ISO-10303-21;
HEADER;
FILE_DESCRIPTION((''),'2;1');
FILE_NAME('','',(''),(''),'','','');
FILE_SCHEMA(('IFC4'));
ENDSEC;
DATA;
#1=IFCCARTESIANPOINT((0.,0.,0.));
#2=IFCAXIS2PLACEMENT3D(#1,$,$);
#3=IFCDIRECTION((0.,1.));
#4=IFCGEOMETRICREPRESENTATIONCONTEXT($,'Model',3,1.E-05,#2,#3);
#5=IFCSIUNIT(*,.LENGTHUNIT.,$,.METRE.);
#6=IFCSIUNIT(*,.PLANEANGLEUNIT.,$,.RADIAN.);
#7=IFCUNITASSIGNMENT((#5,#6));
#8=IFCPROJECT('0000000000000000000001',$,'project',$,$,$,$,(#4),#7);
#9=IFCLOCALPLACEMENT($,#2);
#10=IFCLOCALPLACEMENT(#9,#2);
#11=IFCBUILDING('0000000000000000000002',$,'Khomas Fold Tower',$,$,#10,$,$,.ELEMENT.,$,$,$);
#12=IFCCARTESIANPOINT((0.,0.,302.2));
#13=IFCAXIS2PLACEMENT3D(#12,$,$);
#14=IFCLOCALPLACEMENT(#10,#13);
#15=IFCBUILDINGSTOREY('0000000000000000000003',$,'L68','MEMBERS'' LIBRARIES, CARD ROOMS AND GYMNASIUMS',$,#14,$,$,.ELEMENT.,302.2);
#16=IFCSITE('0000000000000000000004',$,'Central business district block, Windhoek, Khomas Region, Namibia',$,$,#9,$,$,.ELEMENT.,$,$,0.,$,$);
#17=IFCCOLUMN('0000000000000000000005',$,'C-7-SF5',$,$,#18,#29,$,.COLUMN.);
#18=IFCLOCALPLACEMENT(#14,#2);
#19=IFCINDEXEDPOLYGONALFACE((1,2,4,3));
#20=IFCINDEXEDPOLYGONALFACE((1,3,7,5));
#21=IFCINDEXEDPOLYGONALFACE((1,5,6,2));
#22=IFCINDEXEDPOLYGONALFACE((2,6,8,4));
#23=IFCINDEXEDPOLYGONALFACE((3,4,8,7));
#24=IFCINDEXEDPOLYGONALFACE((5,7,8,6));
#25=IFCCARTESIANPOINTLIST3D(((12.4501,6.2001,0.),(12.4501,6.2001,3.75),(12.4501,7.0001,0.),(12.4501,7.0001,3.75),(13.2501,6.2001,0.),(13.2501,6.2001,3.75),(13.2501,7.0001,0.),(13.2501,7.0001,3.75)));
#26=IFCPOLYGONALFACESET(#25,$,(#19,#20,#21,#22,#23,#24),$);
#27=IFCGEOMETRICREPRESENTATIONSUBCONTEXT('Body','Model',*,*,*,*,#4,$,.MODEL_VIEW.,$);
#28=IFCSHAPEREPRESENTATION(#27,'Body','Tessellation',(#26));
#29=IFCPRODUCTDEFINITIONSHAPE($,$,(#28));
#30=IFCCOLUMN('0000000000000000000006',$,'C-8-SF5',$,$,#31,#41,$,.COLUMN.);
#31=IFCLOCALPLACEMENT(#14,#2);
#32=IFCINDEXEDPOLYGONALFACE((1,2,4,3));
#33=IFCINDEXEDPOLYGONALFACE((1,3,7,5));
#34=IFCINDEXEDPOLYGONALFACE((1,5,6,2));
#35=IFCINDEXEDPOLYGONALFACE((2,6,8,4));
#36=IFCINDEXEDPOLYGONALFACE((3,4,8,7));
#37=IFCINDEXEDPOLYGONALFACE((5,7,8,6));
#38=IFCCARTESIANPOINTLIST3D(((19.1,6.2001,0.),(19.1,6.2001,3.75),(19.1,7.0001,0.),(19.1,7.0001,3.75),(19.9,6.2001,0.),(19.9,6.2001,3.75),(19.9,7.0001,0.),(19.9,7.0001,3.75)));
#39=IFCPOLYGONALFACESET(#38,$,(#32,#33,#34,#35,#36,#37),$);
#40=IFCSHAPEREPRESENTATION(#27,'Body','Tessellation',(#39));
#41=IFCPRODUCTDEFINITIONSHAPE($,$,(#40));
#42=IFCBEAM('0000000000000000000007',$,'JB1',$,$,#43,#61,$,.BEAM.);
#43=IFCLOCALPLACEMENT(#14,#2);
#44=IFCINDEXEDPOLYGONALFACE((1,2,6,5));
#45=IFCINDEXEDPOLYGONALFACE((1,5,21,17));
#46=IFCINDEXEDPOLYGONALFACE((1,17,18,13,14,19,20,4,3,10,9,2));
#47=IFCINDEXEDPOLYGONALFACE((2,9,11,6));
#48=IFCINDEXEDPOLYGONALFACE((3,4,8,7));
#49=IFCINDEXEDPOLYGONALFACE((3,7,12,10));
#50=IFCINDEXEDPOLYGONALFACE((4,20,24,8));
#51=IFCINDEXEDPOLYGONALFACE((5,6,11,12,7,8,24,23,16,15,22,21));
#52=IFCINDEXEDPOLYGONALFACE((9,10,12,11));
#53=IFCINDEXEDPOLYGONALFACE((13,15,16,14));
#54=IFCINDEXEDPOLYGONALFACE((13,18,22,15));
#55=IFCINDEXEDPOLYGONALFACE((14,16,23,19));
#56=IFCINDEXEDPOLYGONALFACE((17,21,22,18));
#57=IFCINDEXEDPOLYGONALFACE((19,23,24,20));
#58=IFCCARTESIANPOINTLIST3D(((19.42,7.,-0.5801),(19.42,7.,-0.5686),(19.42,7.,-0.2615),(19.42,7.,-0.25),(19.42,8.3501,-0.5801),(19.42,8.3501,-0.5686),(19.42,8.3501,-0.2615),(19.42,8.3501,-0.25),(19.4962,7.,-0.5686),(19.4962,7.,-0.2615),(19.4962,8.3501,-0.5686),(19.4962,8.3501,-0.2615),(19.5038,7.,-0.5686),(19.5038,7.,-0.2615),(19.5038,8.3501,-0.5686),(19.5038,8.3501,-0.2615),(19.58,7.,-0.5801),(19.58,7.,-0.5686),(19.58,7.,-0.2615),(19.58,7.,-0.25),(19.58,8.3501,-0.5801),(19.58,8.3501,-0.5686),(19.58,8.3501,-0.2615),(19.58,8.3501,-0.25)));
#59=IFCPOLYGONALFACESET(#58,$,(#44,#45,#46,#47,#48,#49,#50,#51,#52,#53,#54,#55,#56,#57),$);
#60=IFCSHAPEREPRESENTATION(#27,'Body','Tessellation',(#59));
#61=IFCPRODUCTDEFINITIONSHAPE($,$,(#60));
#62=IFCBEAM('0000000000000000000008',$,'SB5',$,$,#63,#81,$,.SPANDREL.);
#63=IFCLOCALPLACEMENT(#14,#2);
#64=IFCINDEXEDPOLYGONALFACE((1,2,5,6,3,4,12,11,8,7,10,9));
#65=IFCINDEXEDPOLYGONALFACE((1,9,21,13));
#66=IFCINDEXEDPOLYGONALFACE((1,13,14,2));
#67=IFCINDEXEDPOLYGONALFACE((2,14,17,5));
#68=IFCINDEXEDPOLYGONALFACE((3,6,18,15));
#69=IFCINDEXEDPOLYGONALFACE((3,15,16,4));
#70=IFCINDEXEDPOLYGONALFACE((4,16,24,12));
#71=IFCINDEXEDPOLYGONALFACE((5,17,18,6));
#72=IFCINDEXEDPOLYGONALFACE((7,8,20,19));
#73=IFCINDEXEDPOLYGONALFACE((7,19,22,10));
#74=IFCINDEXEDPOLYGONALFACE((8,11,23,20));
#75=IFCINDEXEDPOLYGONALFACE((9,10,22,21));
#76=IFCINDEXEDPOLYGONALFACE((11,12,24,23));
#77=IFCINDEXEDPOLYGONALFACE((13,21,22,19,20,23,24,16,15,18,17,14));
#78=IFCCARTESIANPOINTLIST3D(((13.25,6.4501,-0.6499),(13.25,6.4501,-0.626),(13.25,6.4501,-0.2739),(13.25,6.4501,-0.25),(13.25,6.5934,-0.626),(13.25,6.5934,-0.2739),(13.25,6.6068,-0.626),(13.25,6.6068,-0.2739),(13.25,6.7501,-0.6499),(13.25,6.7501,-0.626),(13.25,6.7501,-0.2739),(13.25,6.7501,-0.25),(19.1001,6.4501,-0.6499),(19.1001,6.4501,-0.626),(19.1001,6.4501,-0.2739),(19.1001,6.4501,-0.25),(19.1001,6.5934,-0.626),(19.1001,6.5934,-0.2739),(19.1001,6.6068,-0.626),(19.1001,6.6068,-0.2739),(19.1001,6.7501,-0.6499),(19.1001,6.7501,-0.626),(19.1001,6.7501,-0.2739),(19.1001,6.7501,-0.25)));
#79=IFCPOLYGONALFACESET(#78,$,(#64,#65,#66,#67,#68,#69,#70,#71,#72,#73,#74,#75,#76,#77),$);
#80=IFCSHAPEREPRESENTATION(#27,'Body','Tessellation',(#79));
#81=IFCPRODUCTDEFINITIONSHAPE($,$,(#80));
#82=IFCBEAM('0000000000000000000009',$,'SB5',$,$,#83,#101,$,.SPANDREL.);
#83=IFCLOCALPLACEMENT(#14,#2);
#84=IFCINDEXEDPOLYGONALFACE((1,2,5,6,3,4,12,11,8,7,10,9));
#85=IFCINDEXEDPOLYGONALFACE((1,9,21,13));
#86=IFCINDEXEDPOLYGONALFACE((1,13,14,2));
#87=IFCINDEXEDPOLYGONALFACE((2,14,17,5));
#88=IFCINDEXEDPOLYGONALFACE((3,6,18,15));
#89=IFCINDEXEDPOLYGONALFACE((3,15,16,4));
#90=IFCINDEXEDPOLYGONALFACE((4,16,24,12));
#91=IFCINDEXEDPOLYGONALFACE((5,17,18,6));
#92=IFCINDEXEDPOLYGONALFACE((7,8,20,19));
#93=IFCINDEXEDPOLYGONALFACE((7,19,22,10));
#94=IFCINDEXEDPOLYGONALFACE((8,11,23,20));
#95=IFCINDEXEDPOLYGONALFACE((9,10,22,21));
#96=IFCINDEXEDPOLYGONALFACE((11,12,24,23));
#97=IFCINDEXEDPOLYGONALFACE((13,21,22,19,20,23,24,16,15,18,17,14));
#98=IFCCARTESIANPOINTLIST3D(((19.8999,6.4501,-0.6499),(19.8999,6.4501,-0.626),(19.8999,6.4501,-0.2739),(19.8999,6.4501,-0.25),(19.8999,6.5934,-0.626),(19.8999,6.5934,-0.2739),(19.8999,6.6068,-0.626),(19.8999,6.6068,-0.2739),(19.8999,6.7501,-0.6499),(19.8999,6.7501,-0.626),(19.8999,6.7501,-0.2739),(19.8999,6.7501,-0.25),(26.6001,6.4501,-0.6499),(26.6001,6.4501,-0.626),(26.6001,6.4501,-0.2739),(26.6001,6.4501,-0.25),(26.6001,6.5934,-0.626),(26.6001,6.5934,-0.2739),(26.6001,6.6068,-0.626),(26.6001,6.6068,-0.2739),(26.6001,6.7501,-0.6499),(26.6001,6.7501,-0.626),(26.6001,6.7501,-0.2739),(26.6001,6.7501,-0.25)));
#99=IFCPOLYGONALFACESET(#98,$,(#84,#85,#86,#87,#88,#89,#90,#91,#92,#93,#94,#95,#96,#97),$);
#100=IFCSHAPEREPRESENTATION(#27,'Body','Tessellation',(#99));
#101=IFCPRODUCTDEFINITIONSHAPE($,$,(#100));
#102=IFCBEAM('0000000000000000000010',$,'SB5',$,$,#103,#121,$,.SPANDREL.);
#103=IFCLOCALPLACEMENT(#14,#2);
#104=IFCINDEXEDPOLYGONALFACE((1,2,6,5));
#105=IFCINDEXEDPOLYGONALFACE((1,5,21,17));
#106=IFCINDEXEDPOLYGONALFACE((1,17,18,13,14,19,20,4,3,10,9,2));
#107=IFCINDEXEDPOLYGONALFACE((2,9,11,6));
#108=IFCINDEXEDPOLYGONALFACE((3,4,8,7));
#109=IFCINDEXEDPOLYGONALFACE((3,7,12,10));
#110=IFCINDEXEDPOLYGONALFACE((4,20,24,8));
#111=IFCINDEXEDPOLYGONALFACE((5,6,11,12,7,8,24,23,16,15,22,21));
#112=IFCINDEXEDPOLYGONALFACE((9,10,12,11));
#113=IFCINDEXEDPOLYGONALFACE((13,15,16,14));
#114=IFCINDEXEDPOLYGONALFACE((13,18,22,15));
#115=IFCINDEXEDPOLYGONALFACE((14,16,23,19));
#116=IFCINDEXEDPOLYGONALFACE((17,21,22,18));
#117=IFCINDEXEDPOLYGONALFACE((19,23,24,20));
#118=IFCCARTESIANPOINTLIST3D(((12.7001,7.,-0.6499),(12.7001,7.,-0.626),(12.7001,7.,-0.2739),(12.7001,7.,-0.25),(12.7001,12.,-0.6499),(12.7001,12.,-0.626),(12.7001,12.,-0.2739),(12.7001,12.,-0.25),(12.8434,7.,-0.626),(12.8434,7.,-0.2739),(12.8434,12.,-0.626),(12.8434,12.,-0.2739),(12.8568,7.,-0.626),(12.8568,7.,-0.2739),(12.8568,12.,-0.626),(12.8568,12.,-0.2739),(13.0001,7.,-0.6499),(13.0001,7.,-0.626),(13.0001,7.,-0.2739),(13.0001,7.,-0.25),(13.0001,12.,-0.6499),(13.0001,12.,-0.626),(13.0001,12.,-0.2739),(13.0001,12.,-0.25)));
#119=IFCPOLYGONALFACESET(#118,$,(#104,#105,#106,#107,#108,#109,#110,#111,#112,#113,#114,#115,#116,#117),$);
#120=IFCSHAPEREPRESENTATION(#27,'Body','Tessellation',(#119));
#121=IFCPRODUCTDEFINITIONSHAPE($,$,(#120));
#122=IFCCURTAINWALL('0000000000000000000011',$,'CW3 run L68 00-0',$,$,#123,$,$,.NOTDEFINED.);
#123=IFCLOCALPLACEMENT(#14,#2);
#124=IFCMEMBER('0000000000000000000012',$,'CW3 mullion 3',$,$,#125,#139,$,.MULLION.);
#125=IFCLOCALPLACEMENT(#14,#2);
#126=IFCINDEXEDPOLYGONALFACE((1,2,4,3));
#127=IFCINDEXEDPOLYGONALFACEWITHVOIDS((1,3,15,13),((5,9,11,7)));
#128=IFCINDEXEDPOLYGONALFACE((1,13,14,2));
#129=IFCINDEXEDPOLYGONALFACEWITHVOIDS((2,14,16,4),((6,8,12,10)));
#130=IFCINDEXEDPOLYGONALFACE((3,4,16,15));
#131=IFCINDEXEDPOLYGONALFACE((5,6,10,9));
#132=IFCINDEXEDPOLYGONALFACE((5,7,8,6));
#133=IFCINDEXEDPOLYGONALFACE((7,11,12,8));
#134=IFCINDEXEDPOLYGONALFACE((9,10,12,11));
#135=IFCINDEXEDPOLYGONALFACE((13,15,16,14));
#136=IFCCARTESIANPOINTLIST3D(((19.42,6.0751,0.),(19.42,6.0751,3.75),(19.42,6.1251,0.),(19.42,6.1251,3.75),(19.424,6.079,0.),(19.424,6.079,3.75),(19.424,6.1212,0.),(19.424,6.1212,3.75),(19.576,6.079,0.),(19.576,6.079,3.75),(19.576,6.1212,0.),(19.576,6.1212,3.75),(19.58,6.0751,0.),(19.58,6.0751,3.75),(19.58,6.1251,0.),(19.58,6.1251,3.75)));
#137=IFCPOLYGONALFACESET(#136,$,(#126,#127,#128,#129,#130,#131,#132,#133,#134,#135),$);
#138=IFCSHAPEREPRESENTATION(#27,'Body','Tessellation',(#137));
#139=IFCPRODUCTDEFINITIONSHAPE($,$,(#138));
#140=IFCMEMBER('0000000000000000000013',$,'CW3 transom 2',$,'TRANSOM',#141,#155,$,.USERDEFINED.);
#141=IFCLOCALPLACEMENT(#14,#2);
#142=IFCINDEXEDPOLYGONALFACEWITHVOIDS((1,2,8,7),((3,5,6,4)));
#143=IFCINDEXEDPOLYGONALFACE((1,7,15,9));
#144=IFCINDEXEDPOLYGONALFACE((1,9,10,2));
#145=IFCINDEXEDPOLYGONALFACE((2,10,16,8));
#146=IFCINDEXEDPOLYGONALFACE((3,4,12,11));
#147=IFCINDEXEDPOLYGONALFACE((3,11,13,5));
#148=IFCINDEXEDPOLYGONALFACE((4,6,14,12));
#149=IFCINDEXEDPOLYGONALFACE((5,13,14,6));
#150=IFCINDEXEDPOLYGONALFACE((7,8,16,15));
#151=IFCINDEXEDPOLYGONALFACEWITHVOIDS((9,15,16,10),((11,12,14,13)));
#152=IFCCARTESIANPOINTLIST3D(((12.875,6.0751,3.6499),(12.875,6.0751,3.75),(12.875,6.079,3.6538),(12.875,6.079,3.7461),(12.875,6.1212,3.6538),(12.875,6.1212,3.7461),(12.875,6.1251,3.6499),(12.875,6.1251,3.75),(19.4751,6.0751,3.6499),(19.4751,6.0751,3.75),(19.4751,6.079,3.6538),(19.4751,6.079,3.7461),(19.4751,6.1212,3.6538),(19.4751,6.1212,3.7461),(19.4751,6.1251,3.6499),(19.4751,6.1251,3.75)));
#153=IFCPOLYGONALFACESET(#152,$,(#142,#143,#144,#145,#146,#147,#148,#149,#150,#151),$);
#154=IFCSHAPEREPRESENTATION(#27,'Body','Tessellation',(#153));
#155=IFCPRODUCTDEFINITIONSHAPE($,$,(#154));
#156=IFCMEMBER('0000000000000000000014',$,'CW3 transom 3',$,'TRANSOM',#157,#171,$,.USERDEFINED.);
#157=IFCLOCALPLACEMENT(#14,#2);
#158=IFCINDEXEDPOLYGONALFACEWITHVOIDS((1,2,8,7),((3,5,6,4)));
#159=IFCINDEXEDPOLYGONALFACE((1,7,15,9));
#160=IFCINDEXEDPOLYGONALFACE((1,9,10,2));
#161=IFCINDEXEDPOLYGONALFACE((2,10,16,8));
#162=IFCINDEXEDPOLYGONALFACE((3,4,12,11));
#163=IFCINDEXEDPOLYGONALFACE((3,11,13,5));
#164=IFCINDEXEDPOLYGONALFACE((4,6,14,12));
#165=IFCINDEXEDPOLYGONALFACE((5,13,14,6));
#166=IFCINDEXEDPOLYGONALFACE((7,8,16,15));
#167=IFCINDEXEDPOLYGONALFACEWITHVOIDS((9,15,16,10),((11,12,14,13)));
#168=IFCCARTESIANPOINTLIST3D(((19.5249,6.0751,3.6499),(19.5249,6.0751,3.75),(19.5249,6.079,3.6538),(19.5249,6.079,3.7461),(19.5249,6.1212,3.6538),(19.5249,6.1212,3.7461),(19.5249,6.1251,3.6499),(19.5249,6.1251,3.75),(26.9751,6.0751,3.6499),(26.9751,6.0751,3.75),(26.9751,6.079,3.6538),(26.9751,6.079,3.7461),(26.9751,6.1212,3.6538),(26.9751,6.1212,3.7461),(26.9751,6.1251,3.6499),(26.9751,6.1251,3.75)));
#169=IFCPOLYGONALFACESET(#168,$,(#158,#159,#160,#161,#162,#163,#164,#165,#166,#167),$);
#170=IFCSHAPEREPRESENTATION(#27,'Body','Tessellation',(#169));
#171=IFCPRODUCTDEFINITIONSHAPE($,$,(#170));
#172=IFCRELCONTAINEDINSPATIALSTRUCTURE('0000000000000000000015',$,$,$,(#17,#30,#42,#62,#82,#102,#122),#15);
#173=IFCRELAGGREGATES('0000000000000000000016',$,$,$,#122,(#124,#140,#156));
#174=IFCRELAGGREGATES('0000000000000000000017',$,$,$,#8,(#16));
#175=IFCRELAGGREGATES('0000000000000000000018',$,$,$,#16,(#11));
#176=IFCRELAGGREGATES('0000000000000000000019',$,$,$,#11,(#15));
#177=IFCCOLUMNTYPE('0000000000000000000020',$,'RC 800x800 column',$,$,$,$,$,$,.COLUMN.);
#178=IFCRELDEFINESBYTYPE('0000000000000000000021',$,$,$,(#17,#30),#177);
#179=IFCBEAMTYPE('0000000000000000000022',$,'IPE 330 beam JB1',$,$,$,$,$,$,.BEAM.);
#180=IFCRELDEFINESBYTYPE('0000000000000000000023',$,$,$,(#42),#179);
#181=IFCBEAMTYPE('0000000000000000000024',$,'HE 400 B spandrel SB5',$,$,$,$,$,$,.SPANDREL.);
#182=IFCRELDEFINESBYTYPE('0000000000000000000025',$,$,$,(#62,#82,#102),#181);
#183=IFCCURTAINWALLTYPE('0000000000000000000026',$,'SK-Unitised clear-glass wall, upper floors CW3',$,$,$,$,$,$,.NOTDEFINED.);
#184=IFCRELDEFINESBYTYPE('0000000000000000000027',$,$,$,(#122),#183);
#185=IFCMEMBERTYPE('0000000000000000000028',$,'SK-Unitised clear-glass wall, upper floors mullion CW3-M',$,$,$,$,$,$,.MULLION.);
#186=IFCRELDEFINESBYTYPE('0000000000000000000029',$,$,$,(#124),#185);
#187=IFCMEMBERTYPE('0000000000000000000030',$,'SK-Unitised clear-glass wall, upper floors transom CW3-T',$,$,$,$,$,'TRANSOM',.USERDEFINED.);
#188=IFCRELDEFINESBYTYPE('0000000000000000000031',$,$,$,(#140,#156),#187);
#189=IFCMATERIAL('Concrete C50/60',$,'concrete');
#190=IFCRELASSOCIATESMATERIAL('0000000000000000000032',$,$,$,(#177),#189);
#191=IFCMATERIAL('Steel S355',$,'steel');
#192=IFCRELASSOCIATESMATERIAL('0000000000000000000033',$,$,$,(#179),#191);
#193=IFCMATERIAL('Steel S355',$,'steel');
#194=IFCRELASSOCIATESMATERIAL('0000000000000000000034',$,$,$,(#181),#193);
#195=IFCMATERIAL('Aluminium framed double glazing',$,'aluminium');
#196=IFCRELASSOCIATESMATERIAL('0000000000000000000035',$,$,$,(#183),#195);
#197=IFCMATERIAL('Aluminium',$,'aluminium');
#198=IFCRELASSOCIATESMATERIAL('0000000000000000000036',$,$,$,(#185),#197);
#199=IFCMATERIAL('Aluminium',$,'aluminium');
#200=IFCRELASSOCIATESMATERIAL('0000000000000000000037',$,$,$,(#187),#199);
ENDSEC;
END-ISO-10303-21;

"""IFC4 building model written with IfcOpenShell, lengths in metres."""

from ifc_helpers import new_model, si_unit, direction, frame, origin, origin_2d, place, context, subcontext, project, spatial, rectangle, hollow_rectangle, i_section, extrude, source, transform, mapped, material, material_profile, profile_set, type_object, element, aggregate, save


model = new_model("IFC4")

# Units and contexts
model_context = context("Model", 3, precision=1e-05, world=origin(), true_north=direction((0.0, 1.0)))
body_context = subcontext(model_context, "Body", "Model", "MODEL_VIEW")
ifc_project = project(units=[si_unit("LENGTHUNIT", "METRE"), si_unit("PLANEANGLEUNIT", "RADIAN")], contexts=[model_context])

# Site, building, storey
site_placement = place(None, origin())
site = spatial("IfcSite", under=ifc_project, at=site_placement, Name="Central business district block, Windhoek, Khomas Region, Namibia", CompositionType="ELEMENT", RefElevation=0.0)
building_placement = place(site_placement, origin())
building = spatial("IfcBuilding", under=site, at=building_placement, Name="Khomas Fold Tower", CompositionType="ELEMENT")
storey_placement = place(building_placement, frame((0.0, 0.0, 302.2)))
storey = spatial("IfcBuildingStorey", under=building, at=storey_placement, Name="L68", Description="MEMBERS' LIBRARIES, CARD ROOMS AND GYMNASIUMS", CompositionType="ELEMENT", Elevation=302.2)

# Columns
ifc_material_1 = material(Name="Concrete C50/60", Category="concrete")
ifc_material_profile_1 = material_profile(ifc_material_1, rectangle(XDim=0.8, YDim=0.8, at=origin_2d()), Name="RC 800x800")
ifc_profile_set_1 = profile_set([ifc_material_profile_1], Name="Concrete C50/60")
column_type = type_object("IfcColumnType", Name="RC 800x800 column", PredefinedType="COLUMN", material=ifc_profile_set_1)
shared_shape_1 = source(origin(), body_context, "Body", "SweptSolid", [
    extrude(rectangle(XDim=0.8, YDim=0.8, at=origin_2d()), origin(), (0.0, 0.0, 1.0), 3.75),
])
for number, where, z_axis, x_axis, name in (
    (1, (12.8501, 6.6001, 0.0), (0.0, 0.0, 1.0), (1.0, 0.0, 0.0), "C-7-SF5"),
    (2, (19.5, 6.6001, 0.0), (0.0, 0.0, 1.0), (1.0, 0.0, 0.0), "C-8-SF5"),
):
    element("IfcColumn", number, at=place(storey_placement, frame(where, z_axis=z_axis, x_axis=x_axis)), inside=storey, type_object=column_type, Name=name, PredefinedType="COLUMN", context=body_context, shape_type="MappedRepresentation", body=[
        mapped(shared_shape_1, transform((0.0, 0.0, 0.0))),
    ])

# Beams
ifc_material_2 = material(Name="Steel S355", Category="steel")
ifc_material_profile_2 = material_profile(ifc_material_2, i_section(OverallWidth=0.1599, OverallDepth=0.3301, WebThickness=0.0076, FlangeThickness=0.0115, at=origin_2d()), Name="IPE 330")
ifc_profile_set_2 = profile_set([ifc_material_profile_2], Name="Steel S355")
beam_type_1 = type_object("IfcBeamType", Name="IPE 330 beam JB1", PredefinedType="BEAM", material=ifc_profile_set_2)
shared_shape_2 = source(origin(), body_context, "Body", "SweptSolid", [
    extrude(i_section(OverallWidth=0.1599, OverallDepth=0.3301, WebThickness=0.0076, FlangeThickness=0.0115, at=origin_2d()), origin(), (0.0, 0.0, 1.0), 1.3501),
])
beam_1_placement = place(storey_placement, frame((19.5, 7.0, -0.415), z_axis=(0.0, 1.0, 0.0), x_axis=(-1.0, 0.0, 0.0)))
element("IfcBeam", 3, at=beam_1_placement, inside=storey, type_object=beam_type_1, Name="JB1", PredefinedType="BEAM", context=body_context, shape_type="MappedRepresentation", body=[
    mapped(shared_shape_2, transform((0.0, 0.0, 0.0))),
])
ifc_material_3 = material(Name="Steel S355", Category="steel")
ifc_material_profile_3 = material_profile(ifc_material_3, i_section(OverallWidth=0.3, OverallDepth=0.3999, WebThickness=0.0134, FlangeThickness=0.0239, at=origin_2d()), Name="HE 400 B")
ifc_profile_set_3 = profile_set([ifc_material_profile_3], Name="Steel S355")
beam_type_2 = type_object("IfcBeamType", Name="HE 400 B spandrel SB5", PredefinedType="SPANDREL", material=ifc_profile_set_3)
shared_shape_3 = source(origin(), body_context, "Body", "SweptSolid", [
    extrude(i_section(OverallWidth=0.3, OverallDepth=0.3999, WebThickness=0.0134, FlangeThickness=0.0239, at=origin_2d()), origin(), (0.0, 0.0, 1.0), 5.8501),
])
beam_2_placement = place(storey_placement, frame((13.25, 6.6001, -0.45), z_axis=(1.0, 0.0, 0.0), x_axis=(0.0, 1.0, 0.0)))
element("IfcBeam", 4, at=beam_2_placement, inside=storey, type_object=beam_type_2, Name="SB5", PredefinedType="SPANDREL", context=body_context, shape_type="MappedRepresentation", body=[
    mapped(shared_shape_3, transform((0.0, 0.0, 0.0))),
])
shared_shape_4 = source(origin(), body_context, "Body", "SweptSolid", [
    extrude(i_section(OverallWidth=0.3, OverallDepth=0.3999, WebThickness=0.0134, FlangeThickness=0.0239, at=origin_2d()), origin(), (0.0, 0.0, 1.0), 6.7002),
])
beam_3_placement = place(storey_placement, frame((19.8999, 6.6001, -0.45), z_axis=(1.0, 0.0, 0.0), x_axis=(0.0, 1.0, 0.0)))
element("IfcBeam", 5, at=beam_3_placement, inside=storey, type_object=beam_type_2, Name="SB5", PredefinedType="SPANDREL", context=body_context, shape_type="MappedRepresentation", body=[
    mapped(shared_shape_4, transform((0.0, 0.0, 0.0))),
])
shared_shape_5 = source(origin(), body_context, "Body", "SweptSolid", [
    extrude(i_section(OverallWidth=0.3, OverallDepth=0.3999, WebThickness=0.0134, FlangeThickness=0.0239, at=origin_2d()), origin(), (0.0, 0.0, 1.0), 5.0),
])
beam_4_placement = place(storey_placement, frame((12.8501, 7.0, -0.45), z_axis=(0.0, 1.0, 0.0), x_axis=(-1.0, 0.0, 0.0)))
element("IfcBeam", 6, at=beam_4_placement, inside=storey, type_object=beam_type_2, Name="SB5", PredefinedType="SPANDREL", context=body_context, shape_type="MappedRepresentation", body=[
    mapped(shared_shape_5, transform((0.0, 0.0, 0.0))),
])

# Curtain wall, members
ifc_material_4 = material(Name="Aluminium framed double glazing", Category="aluminium")
curtain_wall_type = type_object("IfcCurtainWallType", Name="SK-Unitised clear-glass wall, upper floors CW3", PredefinedType="NOTDEFINED", material=ifc_material_4)
curtain_wall_placement = place(storey_placement, origin())
curtain_wall = element("IfcCurtainWall", 7, at=curtain_wall_placement, inside=storey, type_object=curtain_wall_type, Name="CW3 run L68 00-0", PredefinedType="NOTDEFINED")
ifc_material_5 = material(Name="Aluminium", Category="aluminium")
ifc_material_profile_4 = material_profile(ifc_material_5, hollow_rectangle(XDim=0.05, YDim=0.1599, WallThickness=0.0039, at=origin_2d()), Name="SK-Unitised clear-glass wall, upper floors mullion CW3-M")
ifc_profile_set_4 = profile_set([ifc_material_profile_4], Name="Aluminium")
member_type_1 = type_object("IfcMemberType", Name="SK-Unitised clear-glass wall, upper floors mullion CW3-M", PredefinedType="MULLION", material=ifc_profile_set_4)
shared_shape_6 = source(origin(), body_context, "Body", "SweptSolid", [
    extrude(hollow_rectangle(XDim=0.05, YDim=0.1599, WallThickness=0.0039, at=origin_2d()), origin(), (0.0, 0.0, 1.0), 3.75),
])
member_1_placement = place(storey_placement, frame((19.5, 6.1001, 0.0), z_axis=(0.0, 0.0, 1.0), x_axis=(0.0, 1.0, 0.0)))
member_1 = element("IfcMember", 8, at=member_1_placement, type_object=member_type_1, Name="CW3 mullion 3", PredefinedType="MULLION", context=body_context, shape_type="MappedRepresentation", body=[
    mapped(shared_shape_6, transform((0.0, 0.0, 0.0))),
])
ifc_material_6 = material(Name="Aluminium", Category="aluminium")
ifc_material_profile_5 = material_profile(ifc_material_6, hollow_rectangle(XDim=0.05, YDim=0.1001, WallThickness=0.0039, at=origin_2d()), Name="SK-Unitised clear-glass wall, upper floors transom CW3-T")
ifc_profile_set_5 = profile_set([ifc_material_profile_5], Name="Aluminium")
member_type_2 = type_object("IfcMemberType", Name="SK-Unitised clear-glass wall, upper floors transom CW3-T", ElementType="TRANSOM", PredefinedType="USERDEFINED", material=ifc_profile_set_5)
shared_shape_7 = source(origin(), body_context, "Body", "SweptSolid", [
    extrude(hollow_rectangle(XDim=0.05, YDim=0.1001, WallThickness=0.0039, at=origin_2d()), origin(), (0.0, 0.0, 1.0), 6.6001),
])
member_2_placement = place(storey_placement, frame((12.875, 6.1001, 3.7), z_axis=(1.0, 0.0, 0.0), x_axis=(0.0, 1.0, 0.0)))
member_2 = element("IfcMember", 9, at=member_2_placement, type_object=member_type_2, Name="CW3 transom 2", ObjectType="TRANSOM", PredefinedType="USERDEFINED", context=body_context, shape_type="MappedRepresentation", body=[
    mapped(shared_shape_7, transform((0.0, 0.0, 0.0))),
])
shared_shape_8 = source(origin(), body_context, "Body", "SweptSolid", [
    extrude(hollow_rectangle(XDim=0.05, YDim=0.1001, WallThickness=0.0039, at=origin_2d()), origin(), (0.0, 0.0, 1.0), 7.4502),
])
member_3_placement = place(storey_placement, frame((19.5249, 6.1001, 3.7), z_axis=(1.0, 0.0, 0.0), x_axis=(0.0, 1.0, 0.0)))
member_3 = element("IfcMember", 10, at=member_3_placement, type_object=member_type_2, Name="CW3 transom 3", ObjectType="TRANSOM", PredefinedType="USERDEFINED", context=body_context, shape_type="MappedRepresentation", body=[
    mapped(shared_shape_8, transform((0.0, 0.0, 0.0))),
])
aggregate(curtain_wall, [member_1, member_2, member_3])

save(model, "model.ifc")
